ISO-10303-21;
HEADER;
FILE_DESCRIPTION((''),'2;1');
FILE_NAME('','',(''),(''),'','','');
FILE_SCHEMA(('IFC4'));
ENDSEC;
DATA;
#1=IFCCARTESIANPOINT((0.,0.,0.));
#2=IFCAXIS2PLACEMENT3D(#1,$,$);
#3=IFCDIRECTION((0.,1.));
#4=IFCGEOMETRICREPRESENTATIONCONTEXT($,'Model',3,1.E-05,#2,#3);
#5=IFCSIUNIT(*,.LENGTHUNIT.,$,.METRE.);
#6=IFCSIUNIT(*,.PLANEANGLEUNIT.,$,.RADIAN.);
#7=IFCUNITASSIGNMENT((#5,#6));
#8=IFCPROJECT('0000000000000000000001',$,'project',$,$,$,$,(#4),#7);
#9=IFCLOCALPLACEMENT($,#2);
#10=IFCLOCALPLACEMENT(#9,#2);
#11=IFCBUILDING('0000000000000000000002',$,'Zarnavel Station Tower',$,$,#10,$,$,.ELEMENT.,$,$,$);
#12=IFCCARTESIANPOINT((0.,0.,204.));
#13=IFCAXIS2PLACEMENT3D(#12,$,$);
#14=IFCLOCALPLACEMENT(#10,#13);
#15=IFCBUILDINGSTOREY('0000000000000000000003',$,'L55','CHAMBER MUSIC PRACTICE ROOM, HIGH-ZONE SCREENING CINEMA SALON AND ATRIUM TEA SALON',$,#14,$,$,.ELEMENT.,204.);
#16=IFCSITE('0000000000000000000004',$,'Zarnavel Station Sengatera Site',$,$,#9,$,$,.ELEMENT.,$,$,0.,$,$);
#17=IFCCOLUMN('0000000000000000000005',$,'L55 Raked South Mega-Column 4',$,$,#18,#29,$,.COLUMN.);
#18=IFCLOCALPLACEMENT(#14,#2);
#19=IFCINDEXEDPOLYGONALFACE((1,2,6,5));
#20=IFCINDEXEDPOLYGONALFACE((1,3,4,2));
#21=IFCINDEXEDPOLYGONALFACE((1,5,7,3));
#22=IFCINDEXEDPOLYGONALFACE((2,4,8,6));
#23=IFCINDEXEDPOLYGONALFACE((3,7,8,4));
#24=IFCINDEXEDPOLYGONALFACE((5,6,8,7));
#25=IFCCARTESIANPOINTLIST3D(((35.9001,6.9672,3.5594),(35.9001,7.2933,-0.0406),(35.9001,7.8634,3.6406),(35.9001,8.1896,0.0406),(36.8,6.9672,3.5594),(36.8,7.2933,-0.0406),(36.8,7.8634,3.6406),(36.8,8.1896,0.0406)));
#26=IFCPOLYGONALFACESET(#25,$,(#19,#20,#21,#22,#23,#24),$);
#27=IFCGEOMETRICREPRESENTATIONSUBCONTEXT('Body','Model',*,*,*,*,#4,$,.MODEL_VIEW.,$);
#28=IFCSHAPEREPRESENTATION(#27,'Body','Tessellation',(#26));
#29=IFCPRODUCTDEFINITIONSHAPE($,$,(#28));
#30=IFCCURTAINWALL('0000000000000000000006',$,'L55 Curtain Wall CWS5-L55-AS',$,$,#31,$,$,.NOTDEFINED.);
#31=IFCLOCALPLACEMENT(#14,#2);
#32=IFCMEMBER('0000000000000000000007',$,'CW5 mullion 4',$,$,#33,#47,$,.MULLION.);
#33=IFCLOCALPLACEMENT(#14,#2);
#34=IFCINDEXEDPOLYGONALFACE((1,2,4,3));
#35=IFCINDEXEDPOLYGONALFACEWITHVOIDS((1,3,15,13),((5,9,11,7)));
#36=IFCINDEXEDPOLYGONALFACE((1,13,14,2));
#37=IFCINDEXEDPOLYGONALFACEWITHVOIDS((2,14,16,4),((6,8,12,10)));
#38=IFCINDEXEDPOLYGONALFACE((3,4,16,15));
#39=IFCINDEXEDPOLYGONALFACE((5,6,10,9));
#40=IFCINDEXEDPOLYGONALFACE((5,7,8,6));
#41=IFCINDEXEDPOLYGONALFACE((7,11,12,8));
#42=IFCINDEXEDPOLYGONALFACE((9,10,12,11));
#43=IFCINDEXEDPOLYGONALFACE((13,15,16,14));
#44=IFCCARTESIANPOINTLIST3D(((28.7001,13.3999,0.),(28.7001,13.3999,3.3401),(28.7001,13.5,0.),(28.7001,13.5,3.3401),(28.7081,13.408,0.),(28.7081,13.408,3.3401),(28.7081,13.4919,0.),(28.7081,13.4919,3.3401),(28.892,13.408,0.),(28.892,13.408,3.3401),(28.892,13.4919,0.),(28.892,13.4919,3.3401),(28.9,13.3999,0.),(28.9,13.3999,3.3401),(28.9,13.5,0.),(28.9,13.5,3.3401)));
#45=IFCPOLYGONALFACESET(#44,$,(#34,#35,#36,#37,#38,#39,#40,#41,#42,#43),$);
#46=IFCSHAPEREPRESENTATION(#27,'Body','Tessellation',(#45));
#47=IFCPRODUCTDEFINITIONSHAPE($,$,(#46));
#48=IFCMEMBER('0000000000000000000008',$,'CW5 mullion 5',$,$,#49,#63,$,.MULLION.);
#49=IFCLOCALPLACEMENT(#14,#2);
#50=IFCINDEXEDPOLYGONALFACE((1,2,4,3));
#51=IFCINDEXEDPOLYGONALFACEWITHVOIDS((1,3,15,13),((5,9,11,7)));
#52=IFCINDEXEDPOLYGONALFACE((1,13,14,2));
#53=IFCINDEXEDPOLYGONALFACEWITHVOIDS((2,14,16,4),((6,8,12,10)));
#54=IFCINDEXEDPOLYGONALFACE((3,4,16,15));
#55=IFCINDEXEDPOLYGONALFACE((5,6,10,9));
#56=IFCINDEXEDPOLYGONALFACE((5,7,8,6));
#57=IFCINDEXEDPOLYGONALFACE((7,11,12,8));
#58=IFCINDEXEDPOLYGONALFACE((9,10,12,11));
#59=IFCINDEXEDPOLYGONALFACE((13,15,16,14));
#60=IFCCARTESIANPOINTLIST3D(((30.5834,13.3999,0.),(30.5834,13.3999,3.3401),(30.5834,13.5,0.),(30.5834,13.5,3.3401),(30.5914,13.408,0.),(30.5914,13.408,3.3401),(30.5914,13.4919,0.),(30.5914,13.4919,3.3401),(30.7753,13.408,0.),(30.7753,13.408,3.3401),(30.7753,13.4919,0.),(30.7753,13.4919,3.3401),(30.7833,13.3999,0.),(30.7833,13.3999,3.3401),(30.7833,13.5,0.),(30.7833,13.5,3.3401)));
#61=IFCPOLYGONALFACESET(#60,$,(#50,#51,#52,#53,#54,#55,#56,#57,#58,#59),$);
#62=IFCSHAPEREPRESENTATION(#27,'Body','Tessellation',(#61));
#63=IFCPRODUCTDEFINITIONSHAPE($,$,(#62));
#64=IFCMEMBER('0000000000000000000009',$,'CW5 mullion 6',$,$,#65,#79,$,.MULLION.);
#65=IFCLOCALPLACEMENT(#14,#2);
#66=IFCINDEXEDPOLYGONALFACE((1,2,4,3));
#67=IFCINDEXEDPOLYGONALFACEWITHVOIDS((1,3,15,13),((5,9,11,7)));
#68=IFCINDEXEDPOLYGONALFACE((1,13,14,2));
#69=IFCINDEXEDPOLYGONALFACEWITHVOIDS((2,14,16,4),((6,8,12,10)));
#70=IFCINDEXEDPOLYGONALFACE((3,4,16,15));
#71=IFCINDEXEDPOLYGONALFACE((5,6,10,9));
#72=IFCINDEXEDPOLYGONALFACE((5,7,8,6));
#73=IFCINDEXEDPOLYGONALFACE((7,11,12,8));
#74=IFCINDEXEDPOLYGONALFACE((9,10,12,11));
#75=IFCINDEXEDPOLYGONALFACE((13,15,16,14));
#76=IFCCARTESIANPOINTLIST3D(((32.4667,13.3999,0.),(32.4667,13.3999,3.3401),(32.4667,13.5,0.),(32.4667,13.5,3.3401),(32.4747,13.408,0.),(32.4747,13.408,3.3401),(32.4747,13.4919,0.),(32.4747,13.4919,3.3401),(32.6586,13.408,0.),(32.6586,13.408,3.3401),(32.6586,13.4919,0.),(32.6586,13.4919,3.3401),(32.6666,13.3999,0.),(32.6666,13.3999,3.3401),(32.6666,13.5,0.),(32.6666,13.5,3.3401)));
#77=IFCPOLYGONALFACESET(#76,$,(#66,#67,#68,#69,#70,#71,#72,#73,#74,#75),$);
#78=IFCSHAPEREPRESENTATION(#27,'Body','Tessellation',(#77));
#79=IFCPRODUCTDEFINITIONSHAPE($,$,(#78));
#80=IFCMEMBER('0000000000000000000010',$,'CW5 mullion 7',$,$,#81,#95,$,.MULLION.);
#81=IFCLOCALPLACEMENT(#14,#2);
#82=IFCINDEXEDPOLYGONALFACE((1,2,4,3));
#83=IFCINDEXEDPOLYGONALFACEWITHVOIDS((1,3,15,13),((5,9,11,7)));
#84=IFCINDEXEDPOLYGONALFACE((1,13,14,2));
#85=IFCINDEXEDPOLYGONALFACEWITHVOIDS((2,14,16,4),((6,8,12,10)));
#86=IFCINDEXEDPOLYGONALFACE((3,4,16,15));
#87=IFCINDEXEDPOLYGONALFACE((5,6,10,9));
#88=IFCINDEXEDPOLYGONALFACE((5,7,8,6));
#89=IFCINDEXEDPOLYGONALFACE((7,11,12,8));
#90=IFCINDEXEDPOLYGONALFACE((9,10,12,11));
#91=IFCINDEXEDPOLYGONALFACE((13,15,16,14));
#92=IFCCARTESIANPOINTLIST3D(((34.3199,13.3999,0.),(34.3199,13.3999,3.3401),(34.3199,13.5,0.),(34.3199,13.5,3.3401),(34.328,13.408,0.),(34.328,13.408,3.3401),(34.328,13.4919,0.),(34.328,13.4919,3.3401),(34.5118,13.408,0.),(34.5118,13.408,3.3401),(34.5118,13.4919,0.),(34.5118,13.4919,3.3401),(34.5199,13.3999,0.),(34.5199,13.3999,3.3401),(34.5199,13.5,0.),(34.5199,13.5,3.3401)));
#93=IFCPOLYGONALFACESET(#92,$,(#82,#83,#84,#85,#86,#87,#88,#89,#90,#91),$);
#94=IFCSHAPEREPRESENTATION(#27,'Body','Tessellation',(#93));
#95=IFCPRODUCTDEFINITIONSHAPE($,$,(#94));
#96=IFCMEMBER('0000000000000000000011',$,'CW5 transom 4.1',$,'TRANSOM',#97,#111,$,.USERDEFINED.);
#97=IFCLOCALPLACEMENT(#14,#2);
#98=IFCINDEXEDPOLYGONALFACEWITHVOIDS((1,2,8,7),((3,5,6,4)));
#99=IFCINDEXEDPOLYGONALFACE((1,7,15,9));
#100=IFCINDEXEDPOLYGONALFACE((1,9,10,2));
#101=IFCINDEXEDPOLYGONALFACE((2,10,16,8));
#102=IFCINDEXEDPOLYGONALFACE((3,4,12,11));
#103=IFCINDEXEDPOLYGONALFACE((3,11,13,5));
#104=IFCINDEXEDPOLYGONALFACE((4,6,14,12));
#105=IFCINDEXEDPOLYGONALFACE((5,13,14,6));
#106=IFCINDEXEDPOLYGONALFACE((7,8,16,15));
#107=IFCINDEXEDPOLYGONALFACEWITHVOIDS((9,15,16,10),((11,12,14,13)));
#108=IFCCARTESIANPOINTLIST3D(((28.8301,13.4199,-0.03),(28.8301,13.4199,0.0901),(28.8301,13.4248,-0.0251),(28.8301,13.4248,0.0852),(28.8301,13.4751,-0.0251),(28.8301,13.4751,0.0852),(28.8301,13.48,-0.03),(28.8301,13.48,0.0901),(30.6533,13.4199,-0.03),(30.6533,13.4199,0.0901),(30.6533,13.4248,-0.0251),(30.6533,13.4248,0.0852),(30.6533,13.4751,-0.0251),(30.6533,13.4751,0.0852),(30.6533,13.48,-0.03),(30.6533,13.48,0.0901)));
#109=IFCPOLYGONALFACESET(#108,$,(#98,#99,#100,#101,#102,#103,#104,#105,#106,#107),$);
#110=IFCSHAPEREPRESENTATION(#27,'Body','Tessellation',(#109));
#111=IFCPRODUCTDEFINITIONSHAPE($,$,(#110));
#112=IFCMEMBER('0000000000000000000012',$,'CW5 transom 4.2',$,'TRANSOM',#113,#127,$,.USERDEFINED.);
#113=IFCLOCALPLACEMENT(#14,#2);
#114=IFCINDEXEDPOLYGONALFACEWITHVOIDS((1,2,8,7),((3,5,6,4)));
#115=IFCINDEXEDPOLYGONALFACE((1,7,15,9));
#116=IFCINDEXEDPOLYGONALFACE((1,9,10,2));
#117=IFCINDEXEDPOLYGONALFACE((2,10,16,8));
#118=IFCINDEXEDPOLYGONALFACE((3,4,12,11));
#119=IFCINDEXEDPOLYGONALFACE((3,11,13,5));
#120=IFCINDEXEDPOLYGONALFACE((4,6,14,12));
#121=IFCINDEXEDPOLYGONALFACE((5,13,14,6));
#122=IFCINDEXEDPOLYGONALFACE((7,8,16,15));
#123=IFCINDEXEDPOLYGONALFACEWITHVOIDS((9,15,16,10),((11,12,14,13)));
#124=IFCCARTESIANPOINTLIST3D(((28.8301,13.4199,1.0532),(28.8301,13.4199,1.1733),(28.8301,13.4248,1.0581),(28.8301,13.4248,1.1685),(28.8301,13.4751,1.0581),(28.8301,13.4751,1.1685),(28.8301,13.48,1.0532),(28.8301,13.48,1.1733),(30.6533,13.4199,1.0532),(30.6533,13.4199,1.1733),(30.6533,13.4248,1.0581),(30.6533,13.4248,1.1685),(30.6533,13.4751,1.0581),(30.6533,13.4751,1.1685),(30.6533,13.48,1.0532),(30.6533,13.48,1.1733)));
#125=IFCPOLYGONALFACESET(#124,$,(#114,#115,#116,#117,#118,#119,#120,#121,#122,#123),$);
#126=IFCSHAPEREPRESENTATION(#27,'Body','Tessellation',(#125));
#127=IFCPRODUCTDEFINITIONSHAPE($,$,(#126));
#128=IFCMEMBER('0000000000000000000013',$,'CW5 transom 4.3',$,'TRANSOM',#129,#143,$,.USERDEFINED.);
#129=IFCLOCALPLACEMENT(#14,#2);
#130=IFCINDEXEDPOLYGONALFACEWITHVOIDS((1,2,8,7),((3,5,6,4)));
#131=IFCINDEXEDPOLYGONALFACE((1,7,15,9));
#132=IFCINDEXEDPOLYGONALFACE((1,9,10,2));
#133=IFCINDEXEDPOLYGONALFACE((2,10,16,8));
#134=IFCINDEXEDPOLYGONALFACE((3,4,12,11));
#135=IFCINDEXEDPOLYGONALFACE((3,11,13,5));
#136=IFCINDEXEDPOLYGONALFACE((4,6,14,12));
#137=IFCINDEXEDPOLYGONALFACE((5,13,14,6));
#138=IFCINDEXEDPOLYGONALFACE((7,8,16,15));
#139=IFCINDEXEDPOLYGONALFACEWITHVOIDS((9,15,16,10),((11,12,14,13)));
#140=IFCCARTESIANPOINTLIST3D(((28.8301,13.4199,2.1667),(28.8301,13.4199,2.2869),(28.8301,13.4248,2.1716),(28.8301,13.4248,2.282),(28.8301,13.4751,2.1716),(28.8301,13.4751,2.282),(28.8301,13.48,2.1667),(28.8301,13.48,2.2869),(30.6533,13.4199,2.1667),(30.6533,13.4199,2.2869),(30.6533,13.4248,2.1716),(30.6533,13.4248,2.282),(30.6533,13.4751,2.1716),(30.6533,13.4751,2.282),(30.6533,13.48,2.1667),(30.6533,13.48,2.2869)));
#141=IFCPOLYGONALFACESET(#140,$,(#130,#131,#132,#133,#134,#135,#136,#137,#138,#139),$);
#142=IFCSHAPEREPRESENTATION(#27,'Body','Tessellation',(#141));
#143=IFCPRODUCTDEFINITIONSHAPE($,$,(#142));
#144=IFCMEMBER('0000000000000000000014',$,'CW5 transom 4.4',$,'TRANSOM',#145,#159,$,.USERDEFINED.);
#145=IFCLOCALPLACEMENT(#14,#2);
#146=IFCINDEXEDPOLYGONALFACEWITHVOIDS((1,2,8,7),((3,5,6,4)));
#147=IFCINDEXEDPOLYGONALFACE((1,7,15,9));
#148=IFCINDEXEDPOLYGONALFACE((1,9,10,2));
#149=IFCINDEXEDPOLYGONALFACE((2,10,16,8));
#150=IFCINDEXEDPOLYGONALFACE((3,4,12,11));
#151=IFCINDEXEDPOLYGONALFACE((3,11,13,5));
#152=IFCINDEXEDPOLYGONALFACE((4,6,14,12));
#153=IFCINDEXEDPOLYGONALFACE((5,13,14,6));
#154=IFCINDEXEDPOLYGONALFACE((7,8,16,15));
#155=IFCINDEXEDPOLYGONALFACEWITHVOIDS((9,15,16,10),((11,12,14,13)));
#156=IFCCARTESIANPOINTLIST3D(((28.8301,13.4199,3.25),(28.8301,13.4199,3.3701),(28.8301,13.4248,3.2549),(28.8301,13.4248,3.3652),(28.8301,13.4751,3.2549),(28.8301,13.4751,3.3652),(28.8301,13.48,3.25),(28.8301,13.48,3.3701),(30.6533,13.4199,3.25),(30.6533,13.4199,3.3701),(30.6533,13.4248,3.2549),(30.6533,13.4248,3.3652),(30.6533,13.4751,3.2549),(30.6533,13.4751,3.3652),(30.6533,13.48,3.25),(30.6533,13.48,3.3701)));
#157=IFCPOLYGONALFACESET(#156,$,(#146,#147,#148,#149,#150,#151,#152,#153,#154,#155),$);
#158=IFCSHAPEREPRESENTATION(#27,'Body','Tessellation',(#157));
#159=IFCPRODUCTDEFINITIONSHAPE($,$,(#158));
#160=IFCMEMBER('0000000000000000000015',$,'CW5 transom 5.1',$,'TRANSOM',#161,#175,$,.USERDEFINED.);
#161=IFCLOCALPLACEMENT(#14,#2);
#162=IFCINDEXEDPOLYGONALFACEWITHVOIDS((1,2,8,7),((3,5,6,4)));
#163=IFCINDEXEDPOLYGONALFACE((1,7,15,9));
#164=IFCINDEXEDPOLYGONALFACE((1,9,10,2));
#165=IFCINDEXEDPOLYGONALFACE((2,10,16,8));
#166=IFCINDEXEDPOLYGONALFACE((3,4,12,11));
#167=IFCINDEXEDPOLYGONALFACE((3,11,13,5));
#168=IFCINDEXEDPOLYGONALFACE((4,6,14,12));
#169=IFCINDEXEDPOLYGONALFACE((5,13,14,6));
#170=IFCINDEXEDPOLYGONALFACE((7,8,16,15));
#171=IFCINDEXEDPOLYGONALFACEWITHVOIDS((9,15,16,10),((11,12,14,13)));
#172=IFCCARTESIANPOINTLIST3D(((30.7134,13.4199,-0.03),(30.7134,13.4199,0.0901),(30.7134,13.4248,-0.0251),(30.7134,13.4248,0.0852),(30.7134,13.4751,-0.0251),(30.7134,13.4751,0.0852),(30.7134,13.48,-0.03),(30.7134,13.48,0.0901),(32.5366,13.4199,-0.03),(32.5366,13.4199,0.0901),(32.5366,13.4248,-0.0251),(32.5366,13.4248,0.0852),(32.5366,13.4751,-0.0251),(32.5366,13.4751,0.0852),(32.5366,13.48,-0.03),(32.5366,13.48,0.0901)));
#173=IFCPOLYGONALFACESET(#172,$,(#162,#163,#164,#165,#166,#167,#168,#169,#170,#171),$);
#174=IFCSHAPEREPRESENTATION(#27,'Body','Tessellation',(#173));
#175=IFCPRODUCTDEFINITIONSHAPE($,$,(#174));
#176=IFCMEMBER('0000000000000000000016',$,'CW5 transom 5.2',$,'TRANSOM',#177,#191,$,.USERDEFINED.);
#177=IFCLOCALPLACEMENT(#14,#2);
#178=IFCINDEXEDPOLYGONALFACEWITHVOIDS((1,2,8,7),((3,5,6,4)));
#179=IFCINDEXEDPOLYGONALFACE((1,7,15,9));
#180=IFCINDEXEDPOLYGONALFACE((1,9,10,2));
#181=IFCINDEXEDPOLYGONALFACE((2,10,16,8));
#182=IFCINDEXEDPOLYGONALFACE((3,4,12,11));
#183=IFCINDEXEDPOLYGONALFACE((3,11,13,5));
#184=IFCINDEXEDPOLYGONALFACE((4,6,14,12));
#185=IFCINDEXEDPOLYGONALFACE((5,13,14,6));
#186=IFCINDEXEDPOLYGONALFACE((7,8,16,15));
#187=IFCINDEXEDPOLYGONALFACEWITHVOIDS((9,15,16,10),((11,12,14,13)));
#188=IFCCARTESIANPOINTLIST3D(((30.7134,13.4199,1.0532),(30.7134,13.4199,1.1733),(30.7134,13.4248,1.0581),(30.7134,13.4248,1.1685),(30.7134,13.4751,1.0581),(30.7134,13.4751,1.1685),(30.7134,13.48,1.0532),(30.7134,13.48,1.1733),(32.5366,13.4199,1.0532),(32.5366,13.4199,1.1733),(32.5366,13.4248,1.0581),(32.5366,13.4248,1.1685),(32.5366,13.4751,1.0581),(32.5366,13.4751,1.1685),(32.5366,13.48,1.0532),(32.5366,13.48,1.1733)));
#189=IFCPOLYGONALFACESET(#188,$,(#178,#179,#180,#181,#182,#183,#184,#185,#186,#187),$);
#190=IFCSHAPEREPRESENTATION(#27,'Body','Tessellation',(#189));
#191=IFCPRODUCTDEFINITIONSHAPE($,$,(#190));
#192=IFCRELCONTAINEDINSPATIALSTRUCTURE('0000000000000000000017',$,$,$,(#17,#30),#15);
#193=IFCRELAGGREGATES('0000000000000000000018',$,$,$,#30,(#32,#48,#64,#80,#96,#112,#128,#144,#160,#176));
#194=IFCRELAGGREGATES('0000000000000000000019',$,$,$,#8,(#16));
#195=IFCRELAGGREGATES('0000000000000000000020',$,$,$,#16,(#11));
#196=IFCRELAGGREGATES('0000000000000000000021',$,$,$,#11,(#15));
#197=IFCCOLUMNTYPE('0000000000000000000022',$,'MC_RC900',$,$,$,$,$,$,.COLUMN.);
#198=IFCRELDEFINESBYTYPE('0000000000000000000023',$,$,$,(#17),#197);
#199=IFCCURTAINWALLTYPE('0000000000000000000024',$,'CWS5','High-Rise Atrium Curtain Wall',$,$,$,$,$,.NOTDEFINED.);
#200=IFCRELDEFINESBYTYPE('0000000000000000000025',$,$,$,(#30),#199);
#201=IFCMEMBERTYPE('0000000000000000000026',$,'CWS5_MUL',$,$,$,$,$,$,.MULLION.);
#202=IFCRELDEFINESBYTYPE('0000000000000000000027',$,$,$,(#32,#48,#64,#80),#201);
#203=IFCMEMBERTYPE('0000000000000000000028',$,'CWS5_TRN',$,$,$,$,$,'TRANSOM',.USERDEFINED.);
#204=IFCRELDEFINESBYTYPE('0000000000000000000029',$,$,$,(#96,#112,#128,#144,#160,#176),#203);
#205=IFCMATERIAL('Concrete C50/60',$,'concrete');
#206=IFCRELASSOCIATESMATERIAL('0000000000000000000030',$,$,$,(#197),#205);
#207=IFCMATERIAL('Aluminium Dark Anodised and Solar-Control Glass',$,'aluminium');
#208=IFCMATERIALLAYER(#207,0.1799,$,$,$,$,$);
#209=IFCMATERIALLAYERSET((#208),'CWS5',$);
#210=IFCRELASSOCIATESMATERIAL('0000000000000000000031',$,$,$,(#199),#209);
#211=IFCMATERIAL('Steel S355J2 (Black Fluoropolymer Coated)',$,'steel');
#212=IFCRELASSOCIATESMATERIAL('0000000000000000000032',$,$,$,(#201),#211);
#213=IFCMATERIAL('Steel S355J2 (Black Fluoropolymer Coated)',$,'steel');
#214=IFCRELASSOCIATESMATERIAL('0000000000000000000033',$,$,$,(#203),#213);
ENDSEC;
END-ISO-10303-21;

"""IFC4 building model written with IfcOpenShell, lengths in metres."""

from ifc_helpers import new_model, si_unit, direction, frame, origin, origin_2d, place, context, subcontext, project, spatial, rectangle, hollow_rectangle, extrude, material, layer, layer_set, material_profile, profile_set, type_object, element, aggregate, save


model = new_model("IFC4")

# Units and contexts
model_context = context("Model", 3, precision=1e-05, world=origin(), true_north=direction((0.0, 1.0)))
body_context = subcontext(model_context, "Body", "Model", "MODEL_VIEW")
ifc_project = project(units=[si_unit("LENGTHUNIT", "METRE"), si_unit("PLANEANGLEUNIT", "RADIAN")], contexts=[model_context])

# Site, building, storey
site_placement = place(None, origin())
site = spatial("IfcSite", under=ifc_project, at=site_placement, Name="Zarnavel Station Sengatera Site", CompositionType="ELEMENT", RefElevation=0.0)
building_placement = place(site_placement, origin())
building = spatial("IfcBuilding", under=site, at=building_placement, Name="Zarnavel Station Tower", CompositionType="ELEMENT")
storey_placement = place(building_placement, frame((0.0, 0.0, 204.0)))
storey = spatial("IfcBuildingStorey", under=building, at=storey_placement, Name="L55", Description="CHAMBER MUSIC PRACTICE ROOM, HIGH-ZONE SCREENING CINEMA SALON AND ATRIUM TEA SALON", CompositionType="ELEMENT", Elevation=204.0)

# Column
ifc_material_1 = material(Name="Concrete C50/60", Category="concrete")
ifc_material_profile_1 = material_profile(ifc_material_1, rectangle(XDim=0.8999, YDim=0.8999, at=origin_2d()), Name="RC900x900")
ifc_profile_set_1 = profile_set([ifc_material_profile_1], Name="Concrete C50/60")
column_type = type_object("IfcColumnType", Name="MC_RC900", PredefinedType="COLUMN", material=ifc_profile_set_1)
column_placement = place(storey_placement, frame((36.3501, 7.7415, 0.0), z_axis=(0.0, -0.090231, 0.995921), x_axis=(1.0, 0.0, 0.0)))
element("IfcColumn", 1, at=column_placement, inside=storey, type_object=column_type, Name="L55 Raked South Mega-Column 4", PredefinedType="COLUMN", context=body_context, shape_type="SweptSolid", body=[
    extrude(rectangle(XDim=0.8999, YDim=0.8999, at=origin_2d()), origin(), (0.0, 0.0, 1.0), 3.6147),
])

# Curtain wall, members
ifc_material_2 = material(Name="Aluminium Dark Anodised and Solar-Control Glass", Category="aluminium")
ifc_layer_1 = layer(ifc_material_2, 0.1799)
ifc_layer_set_1 = layer_set([ifc_layer_1], Name="CWS5")
curtain_wall_type = type_object("IfcCurtainWallType", Name="CWS5", Description="High-Rise Atrium Curtain Wall", PredefinedType="NOTDEFINED", material=ifc_layer_set_1)
curtain_wall_placement = place(storey_placement, origin())
curtain_wall = element("IfcCurtainWall", 2, at=curtain_wall_placement, inside=storey, type_object=curtain_wall_type, Name="L55 Curtain Wall CWS5-L55-AS", PredefinedType="NOTDEFINED")
ifc_material_3 = material(Name="Steel S355J2 (Black Fluoropolymer Coated)", Category="steel")
ifc_material_profile_2 = material_profile(ifc_material_3, hollow_rectangle(XDim=0.1001, YDim=0.2, WallThickness=0.0081, at=origin_2d()), Name="RHS200x100x8")
ifc_profile_set_2 = profile_set([ifc_material_profile_2], Name="Steel S355J2 (Black Fluoropolymer Coated)")
member_type_1 = type_object("IfcMemberType", Name="CWS5_MUL", PredefinedType="MULLION", material=ifc_profile_set_2)
member_1_placement = place(storey_placement, frame((28.8, 13.45, 0.0), z_axis=(0.0, 0.0, 1.0), x_axis=(0.0, 1.0, 0.0)))
member_1 = element("IfcMember", 3, at=member_1_placement, type_object=member_type_1, Name="CW5 mullion 4", PredefinedType="MULLION", context=body_context, shape_type="SweptSolid", body=[
    extrude(hollow_rectangle(XDim=0.1001, YDim=0.2, WallThickness=0.0081, at=origin_2d()), origin(), (0.0, 0.0, 1.0), 3.3401),
])
member_2_placement = place(storey_placement, frame((30.6833, 13.45, 0.0), z_axis=(0.0, 0.0, 1.0), x_axis=(0.0, 1.0, 0.0)))
member_2 = element("IfcMember", 4, at=member_2_placement, type_object=member_type_1, Name="CW5 mullion 5", PredefinedType="MULLION", context=body_context, shape_type="SweptSolid", body=[
    extrude(hollow_rectangle(XDim=0.1001, YDim=0.2, WallThickness=0.0081, at=origin_2d()), origin(), (0.0, 0.0, 1.0), 3.3401),
])
member_3_placement = place(storey_placement, frame((32.5667, 13.45, 0.0), z_axis=(0.0, 0.0, 1.0), x_axis=(0.0, 1.0, 0.0)))
member_3 = element("IfcMember", 5, at=member_3_placement, type_object=member_type_1, Name="CW5 mullion 6", PredefinedType="MULLION", context=body_context, shape_type="SweptSolid", body=[
    extrude(hollow_rectangle(XDim=0.1001, YDim=0.2, WallThickness=0.0081, at=origin_2d()), origin(), (0.0, 0.0, 1.0), 3.3401),
])
member_4_placement = place(storey_placement, frame((34.4199, 13.45, 0.0), z_axis=(0.0, 0.0, 1.0), x_axis=(0.0, 1.0, 0.0)))
member_4 = element("IfcMember", 6, at=member_4_placement, type_object=member_type_1, Name="CW5 mullion 7", PredefinedType="MULLION", context=body_context, shape_type="SweptSolid", body=[
    extrude(hollow_rectangle(XDim=0.1001, YDim=0.2, WallThickness=0.0081, at=origin_2d()), origin(), (0.0, 0.0, 1.0), 3.3401),
])
ifc_material_4 = material(Name="Steel S355J2 (Black Fluoropolymer Coated)", Category="steel")
ifc_material_profile_3 = material_profile(ifc_material_4, hollow_rectangle(XDim=0.0601, YDim=0.1201, WallThickness=0.0049, at=origin_2d()), Name="RHS120x60x5")
ifc_profile_set_3 = profile_set([ifc_material_profile_3], Name="Steel S355J2 (Black Fluoropolymer Coated)")
member_type_2 = type_object("IfcMemberType", Name="CWS5_TRN", ElementType="TRANSOM", PredefinedType="USERDEFINED", material=ifc_profile_set_3)
member_5_placement = place(storey_placement, frame((28.8301, 13.45, 0.03), z_axis=(1.0, 0.0, 0.0), x_axis=(0.0, 1.0, 0.0)))
member_5 = element("IfcMember", 7, at=member_5_placement, type_object=member_type_2, Name="CW5 transom 4.1", ObjectType="TRANSOM", PredefinedType="USERDEFINED", context=body_context, shape_type="SweptSolid", body=[
    extrude(hollow_rectangle(XDim=0.0601, YDim=0.1201, WallThickness=0.0049, at=origin_2d()), origin(), (0.0, 0.0, 1.0), 1.8232),
])
member_6_placement = place(storey_placement, frame((28.8301, 13.45, 1.1133), z_axis=(1.0, 0.0, 0.0), x_axis=(0.0, 1.0, 0.0)))
member_6 = element("IfcMember", 8, at=member_6_placement, type_object=member_type_2, Name="CW5 transom 4.2", ObjectType="TRANSOM", PredefinedType="USERDEFINED", context=body_context, shape_type="SweptSolid", body=[
    extrude(hollow_rectangle(XDim=0.0601, YDim=0.1201, WallThickness=0.0049, at=origin_2d()), origin(), (0.0, 0.0, 1.0), 1.8232),
])
member_7_placement = place(storey_placement, frame((28.8301, 13.45, 2.2268), z_axis=(1.0, 0.0, 0.0), x_axis=(0.0, 1.0, 0.0)))
member_7 = element("IfcMember", 9, at=member_7_placement, type_object=member_type_2, Name="CW5 transom 4.3", ObjectType="TRANSOM", PredefinedType="USERDEFINED", context=body_context, shape_type="SweptSolid", body=[
    extrude(hollow_rectangle(XDim=0.0601, YDim=0.1201, WallThickness=0.0049, at=origin_2d()), origin(), (0.0, 0.0, 1.0), 1.8232),
])
member_8_placement = place(storey_placement, frame((28.8301, 13.45, 3.3101), z_axis=(1.0, 0.0, 0.0), x_axis=(0.0, 1.0, 0.0)))
member_8 = element("IfcMember", 10, at=member_8_placement, type_object=member_type_2, Name="CW5 transom 4.4", ObjectType="TRANSOM", PredefinedType="USERDEFINED", context=body_context, shape_type="SweptSolid", body=[
    extrude(hollow_rectangle(XDim=0.0601, YDim=0.1201, WallThickness=0.0049, at=origin_2d()), origin(), (0.0, 0.0, 1.0), 1.8232),
])
member_9_placement = place(storey_placement, frame((30.7134, 13.45, 0.03), z_axis=(1.0, 0.0, 0.0), x_axis=(0.0, 1.0, 0.0)))
member_9 = element("IfcMember", 11, at=member_9_placement, type_object=member_type_2, Name="CW5 transom 5.1", ObjectType="TRANSOM", PredefinedType="USERDEFINED", context=body_context, shape_type="SweptSolid", body=[
    extrude(hollow_rectangle(XDim=0.0601, YDim=0.1201, WallThickness=0.0049, at=origin_2d()), origin(), (0.0, 0.0, 1.0), 1.8232),
])
member_10_placement = place(storey_placement, frame((30.7134, 13.45, 1.1133), z_axis=(1.0, 0.0, 0.0), x_axis=(0.0, 1.0, 0.0)))
member_10 = element("IfcMember", 12, at=member_10_placement, type_object=member_type_2, Name="CW5 transom 5.2", ObjectType="TRANSOM", PredefinedType="USERDEFINED", context=body_context, shape_type="SweptSolid", body=[
    extrude(hollow_rectangle(XDim=0.0601, YDim=0.1201, WallThickness=0.0049, at=origin_2d()), origin(), (0.0, 0.0, 1.0), 1.8232),
])

aggregate(curtain_wall, [member_1, member_2, member_3, member_4, member_5, member_6, member_7, member_8, member_9, member_10])

save(model, "model.ifc")
